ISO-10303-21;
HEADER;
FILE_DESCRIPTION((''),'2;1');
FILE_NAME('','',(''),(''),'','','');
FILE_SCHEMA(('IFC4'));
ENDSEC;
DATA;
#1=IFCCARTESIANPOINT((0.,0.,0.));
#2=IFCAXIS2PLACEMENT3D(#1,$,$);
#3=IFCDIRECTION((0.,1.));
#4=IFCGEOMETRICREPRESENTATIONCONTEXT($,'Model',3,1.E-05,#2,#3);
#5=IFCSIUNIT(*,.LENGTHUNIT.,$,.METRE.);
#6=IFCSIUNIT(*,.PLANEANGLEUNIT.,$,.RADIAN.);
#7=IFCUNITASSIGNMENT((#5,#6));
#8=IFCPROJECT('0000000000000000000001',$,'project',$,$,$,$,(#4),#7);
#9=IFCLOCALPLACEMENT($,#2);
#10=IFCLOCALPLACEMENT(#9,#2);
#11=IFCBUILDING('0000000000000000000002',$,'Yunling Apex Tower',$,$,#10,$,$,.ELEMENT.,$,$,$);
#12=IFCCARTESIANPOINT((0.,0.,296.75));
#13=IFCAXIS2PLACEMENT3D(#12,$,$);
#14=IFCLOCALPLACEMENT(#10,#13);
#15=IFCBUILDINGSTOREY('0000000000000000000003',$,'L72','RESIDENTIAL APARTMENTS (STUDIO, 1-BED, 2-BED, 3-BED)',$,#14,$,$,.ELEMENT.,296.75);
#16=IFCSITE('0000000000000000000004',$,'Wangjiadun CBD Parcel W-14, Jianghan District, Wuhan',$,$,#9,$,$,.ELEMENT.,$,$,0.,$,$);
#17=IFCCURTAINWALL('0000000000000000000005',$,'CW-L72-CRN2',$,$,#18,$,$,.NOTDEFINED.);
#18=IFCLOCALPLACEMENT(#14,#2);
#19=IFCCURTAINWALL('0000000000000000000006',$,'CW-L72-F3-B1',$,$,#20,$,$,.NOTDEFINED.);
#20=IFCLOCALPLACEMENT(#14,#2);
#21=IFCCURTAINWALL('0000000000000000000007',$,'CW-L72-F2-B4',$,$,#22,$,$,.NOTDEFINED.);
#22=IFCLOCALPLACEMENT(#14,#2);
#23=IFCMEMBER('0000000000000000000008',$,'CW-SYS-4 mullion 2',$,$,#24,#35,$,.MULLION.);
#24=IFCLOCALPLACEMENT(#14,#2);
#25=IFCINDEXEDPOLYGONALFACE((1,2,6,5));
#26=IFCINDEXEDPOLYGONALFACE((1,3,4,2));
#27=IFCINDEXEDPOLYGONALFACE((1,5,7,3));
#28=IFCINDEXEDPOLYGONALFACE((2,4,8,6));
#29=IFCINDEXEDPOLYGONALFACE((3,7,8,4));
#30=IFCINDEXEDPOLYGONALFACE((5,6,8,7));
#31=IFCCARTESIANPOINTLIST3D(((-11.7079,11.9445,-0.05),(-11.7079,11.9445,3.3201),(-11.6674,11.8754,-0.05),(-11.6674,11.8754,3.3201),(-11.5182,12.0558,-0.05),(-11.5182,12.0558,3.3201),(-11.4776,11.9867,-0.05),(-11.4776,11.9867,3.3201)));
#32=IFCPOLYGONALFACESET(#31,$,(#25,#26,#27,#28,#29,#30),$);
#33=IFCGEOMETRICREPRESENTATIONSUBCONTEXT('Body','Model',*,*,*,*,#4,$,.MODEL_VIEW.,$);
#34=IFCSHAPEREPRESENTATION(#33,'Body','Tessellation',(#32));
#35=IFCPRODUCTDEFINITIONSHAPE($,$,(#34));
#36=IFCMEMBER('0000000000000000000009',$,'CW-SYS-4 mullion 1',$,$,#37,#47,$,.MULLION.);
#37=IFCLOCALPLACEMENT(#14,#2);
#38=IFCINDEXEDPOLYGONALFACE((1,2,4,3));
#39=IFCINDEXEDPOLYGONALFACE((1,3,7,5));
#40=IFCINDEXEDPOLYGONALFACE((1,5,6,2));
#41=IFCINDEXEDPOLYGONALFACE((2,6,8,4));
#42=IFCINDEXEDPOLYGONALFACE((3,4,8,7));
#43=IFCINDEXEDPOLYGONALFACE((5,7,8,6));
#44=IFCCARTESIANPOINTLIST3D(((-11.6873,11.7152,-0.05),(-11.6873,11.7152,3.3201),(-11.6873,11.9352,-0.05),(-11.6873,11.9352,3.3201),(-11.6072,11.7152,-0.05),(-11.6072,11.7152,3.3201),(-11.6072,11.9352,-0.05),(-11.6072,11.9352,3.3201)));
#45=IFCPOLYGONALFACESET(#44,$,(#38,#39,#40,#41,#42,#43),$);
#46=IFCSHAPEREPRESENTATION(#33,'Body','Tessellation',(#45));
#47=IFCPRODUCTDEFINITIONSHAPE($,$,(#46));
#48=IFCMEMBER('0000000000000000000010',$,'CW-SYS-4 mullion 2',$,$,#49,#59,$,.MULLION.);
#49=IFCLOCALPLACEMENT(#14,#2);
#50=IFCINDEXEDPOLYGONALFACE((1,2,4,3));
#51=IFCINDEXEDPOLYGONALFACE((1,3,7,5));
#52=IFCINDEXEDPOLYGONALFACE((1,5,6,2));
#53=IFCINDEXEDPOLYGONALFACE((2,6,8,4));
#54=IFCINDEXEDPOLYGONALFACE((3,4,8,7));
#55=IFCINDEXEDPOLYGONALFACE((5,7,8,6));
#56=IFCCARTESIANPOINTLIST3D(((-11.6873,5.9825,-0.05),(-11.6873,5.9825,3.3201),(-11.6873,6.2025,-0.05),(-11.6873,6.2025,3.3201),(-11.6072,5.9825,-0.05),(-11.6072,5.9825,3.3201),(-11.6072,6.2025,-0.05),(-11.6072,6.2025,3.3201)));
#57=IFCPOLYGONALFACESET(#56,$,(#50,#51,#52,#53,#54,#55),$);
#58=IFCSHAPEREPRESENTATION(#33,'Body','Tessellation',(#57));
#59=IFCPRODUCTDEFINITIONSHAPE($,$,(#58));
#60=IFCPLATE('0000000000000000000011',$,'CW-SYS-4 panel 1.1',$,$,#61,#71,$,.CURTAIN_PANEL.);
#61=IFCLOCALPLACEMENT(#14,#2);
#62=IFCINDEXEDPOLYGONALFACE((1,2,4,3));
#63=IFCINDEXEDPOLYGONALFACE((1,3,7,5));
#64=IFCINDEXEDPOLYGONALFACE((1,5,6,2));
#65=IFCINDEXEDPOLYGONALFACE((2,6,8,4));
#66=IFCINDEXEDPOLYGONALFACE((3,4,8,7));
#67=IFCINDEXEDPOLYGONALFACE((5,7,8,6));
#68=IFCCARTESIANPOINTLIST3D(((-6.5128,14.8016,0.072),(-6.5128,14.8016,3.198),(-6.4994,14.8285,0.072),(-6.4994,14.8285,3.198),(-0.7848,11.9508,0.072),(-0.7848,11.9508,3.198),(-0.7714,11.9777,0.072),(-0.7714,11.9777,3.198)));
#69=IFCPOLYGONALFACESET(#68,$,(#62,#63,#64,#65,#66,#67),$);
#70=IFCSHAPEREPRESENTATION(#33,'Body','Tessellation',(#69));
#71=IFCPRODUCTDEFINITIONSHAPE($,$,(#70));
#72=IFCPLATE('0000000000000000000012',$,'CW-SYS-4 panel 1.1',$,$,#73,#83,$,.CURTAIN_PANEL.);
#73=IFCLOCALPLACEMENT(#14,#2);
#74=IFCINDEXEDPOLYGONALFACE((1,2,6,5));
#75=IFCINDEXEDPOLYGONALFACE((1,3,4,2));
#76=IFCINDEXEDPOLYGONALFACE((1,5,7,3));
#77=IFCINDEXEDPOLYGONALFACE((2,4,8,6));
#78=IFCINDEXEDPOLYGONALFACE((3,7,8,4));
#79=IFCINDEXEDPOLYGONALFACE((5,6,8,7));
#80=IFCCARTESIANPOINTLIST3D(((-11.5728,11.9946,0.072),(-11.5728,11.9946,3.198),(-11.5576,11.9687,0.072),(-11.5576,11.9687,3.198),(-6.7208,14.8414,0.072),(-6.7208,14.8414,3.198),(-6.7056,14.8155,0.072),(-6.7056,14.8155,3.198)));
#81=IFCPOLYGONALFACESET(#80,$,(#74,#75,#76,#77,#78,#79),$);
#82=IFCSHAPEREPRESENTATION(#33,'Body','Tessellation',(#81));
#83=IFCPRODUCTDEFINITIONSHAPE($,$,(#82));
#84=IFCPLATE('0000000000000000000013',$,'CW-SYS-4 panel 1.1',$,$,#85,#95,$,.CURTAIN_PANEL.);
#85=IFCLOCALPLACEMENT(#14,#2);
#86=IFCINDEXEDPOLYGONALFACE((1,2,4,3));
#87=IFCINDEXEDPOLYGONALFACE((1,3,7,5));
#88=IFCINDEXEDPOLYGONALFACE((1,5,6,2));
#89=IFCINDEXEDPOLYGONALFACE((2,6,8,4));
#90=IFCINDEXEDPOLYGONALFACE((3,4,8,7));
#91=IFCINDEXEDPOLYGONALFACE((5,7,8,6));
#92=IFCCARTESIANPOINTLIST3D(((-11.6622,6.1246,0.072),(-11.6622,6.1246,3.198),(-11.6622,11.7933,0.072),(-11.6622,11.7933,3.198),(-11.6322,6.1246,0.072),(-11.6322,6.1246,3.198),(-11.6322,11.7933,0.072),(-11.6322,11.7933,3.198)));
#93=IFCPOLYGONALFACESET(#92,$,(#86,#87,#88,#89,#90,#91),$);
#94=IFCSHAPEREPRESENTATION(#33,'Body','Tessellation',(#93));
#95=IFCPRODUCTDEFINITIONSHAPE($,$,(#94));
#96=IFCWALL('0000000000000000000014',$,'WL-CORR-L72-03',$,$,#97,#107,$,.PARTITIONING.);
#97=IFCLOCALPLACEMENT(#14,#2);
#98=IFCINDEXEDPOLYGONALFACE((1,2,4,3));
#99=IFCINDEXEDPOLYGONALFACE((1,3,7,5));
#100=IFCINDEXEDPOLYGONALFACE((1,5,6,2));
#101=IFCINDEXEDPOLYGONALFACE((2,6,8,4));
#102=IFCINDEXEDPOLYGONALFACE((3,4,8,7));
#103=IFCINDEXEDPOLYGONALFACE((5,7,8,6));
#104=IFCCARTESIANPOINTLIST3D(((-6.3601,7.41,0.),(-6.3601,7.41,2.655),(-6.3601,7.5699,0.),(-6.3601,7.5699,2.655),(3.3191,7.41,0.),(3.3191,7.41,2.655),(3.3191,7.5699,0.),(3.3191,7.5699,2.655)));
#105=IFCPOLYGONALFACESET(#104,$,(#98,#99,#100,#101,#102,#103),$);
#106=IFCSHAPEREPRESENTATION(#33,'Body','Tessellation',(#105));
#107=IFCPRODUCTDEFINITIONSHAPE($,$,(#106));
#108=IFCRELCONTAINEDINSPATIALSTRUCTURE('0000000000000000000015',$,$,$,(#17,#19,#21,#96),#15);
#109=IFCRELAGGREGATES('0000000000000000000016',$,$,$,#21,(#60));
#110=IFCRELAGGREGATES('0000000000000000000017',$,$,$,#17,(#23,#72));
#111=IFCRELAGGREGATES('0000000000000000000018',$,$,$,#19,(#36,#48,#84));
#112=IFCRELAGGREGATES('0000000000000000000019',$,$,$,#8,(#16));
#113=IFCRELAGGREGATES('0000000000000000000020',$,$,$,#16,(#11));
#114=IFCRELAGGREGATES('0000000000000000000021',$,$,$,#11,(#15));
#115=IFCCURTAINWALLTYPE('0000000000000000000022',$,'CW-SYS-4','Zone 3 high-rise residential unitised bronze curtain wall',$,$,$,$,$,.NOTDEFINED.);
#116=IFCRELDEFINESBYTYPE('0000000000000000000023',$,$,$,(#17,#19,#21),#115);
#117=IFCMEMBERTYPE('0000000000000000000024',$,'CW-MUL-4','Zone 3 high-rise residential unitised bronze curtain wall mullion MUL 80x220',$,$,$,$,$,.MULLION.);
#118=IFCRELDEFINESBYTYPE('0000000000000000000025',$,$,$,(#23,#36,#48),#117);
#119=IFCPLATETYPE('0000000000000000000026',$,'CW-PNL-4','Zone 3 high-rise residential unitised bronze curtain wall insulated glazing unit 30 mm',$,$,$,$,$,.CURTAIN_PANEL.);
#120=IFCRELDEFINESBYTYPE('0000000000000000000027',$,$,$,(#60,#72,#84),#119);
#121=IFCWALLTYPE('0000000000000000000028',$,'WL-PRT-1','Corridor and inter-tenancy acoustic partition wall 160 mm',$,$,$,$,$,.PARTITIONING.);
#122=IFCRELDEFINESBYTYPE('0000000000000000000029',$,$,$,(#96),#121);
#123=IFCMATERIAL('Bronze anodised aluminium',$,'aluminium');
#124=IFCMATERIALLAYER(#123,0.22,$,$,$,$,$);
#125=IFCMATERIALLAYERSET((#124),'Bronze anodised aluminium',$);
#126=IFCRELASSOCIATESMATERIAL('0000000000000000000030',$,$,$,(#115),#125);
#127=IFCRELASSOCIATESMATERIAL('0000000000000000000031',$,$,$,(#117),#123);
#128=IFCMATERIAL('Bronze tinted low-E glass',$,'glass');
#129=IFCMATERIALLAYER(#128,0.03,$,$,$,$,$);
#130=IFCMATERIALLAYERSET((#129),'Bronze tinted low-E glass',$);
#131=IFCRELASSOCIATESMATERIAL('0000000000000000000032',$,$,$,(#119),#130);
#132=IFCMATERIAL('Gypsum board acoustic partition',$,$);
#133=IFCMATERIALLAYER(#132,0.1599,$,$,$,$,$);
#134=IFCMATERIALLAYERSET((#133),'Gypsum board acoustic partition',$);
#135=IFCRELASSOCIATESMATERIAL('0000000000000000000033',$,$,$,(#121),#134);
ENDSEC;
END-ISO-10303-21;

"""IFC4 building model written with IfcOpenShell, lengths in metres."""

from ifc_helpers import new_model, si_unit, direction, frame, frame_2d, origin, origin_2d, place, context, subcontext, project, spatial, rectangle, extrude, source, transform, mapped, material, layer, layer_set, material_profile, profile_set, type_object, element, aggregate, save


model = new_model("IFC4")

# Units and contexts
model_context = context("Model", 3, precision=1e-05, world=origin(), true_north=direction((0.0, 1.0)))
body_context = subcontext(model_context, "Body", "Model", "MODEL_VIEW")
ifc_project = project(units=[si_unit("LENGTHUNIT", "METRE"), si_unit("PLANEANGLEUNIT", "RADIAN")], contexts=[model_context])

# Site, building, storey
site_placement = place(None, origin())
site = spatial("IfcSite", under=ifc_project, at=site_placement, Name="Wangjiadun CBD Parcel W-14, Jianghan District, Wuhan", CompositionType="ELEMENT", RefElevation=0.0)
building_placement = place(site_placement, origin())
building = spatial("IfcBuilding", under=site, at=building_placement, Name="Yunling Apex Tower", CompositionType="ELEMENT")
storey_placement = place(building_placement, frame((0.0, 0.0, 296.75)))
storey = spatial("IfcBuildingStorey", under=building, at=storey_placement, Name="L72", Description="RESIDENTIAL APARTMENTS (STUDIO, 1-BED, 2-BED, 3-BED)", CompositionType="ELEMENT", Elevation=296.75)

# Curtain walls
ifc_material_1 = material(Name="Bronze anodised aluminium", Category="aluminium")
ifc_layer_1 = layer(ifc_material_1, 0.22)
ifc_layer_set_1 = layer_set([ifc_layer_1], Name="Bronze anodised aluminium")
curtain_wall_type = type_object("IfcCurtainWallType", Name="CW-SYS-4", Description="Zone 3 high-rise residential unitised bronze curtain wall", PredefinedType="NOTDEFINED", material=ifc_layer_set_1)
curtain_wall_1_placement = place(storey_placement, origin())
curtain_wall_1 = element("IfcCurtainWall", 1, at=curtain_wall_1_placement, inside=storey, type_object=curtain_wall_type, Name="CW-L72-CRN2", PredefinedType="NOTDEFINED")
curtain_wall_2_placement = place(storey_placement, origin())
curtain_wall_2 = element("IfcCurtainWall", 2, at=curtain_wall_2_placement, inside=storey, type_object=curtain_wall_type, Name="CW-L72-F3-B1", PredefinedType="NOTDEFINED")

# Curtain wall
curtain_wall_3_placement = place(storey_placement, origin())
curtain_wall_3 = element("IfcCurtainWall", 3, at=curtain_wall_3_placement, inside=storey, type_object=curtain_wall_type, Name="CW-L72-F2-B4", PredefinedType="NOTDEFINED")
ifc_material_profile_1 = material_profile(ifc_material_1, rectangle(XDim=0.0801, YDim=0.22, at=origin_2d()))
ifc_profile_set_1 = profile_set([ifc_material_profile_1], Name="Bronze anodised aluminium")
member_type_1 = type_object("IfcMemberType", Name="CW-MUL-4", Description="Zone 3 high-rise residential unitised bronze curtain wall mullion MUL 80x220", PredefinedType="MULLION", material=ifc_profile_set_1)
shared_shape_1 = source(origin(), body_context, "Body", "SweptSolid", [
    extrude(rectangle(XDim=0.0801, YDim=0.22, at=origin_2d()), origin(), (0.0, 0.0, 1.0), 3.3701),
])

# Members
member_1_placement = place(storey_placement, frame((-11.5928, 11.9656, -0.05), z_axis=(0.0, 0.0, 1.0), x_axis=(0.506057, -0.8625, 0.0)))
member_1 = element("IfcMember", 4, at=member_1_placement, type_object=member_type_1, Name="CW-SYS-4 mullion 2", PredefinedType="MULLION", context=body_context, shape_type="MappedRepresentation", body=[
    mapped(shared_shape_1, transform((0.0, 0.0, 0.0), scale=1.0)),
])
member_2_placement = place(storey_placement, frame((-11.6472, 11.8252, -0.05), z_axis=(0.0, 0.0, 1.0), x_axis=(1.0, 0.0, 0.0)))
member_2 = element("IfcMember", 5, at=member_2_placement, type_object=member_type_1, Name="CW-SYS-4 mullion 1", PredefinedType="MULLION", context=body_context, shape_type="MappedRepresentation", body=[
    mapped(shared_shape_1, transform((0.0, 0.0, 0.0), scale=1.0)),
])
member_3_placement = place(storey_placement, frame((-11.6472, 6.0925, -0.05), z_axis=(0.0, 0.0, 1.0), x_axis=(1.0, 0.0, 0.0)))
member_3 = element("IfcMember", 6, at=member_3_placement, type_object=member_type_1, Name="CW-SYS-4 mullion 2", PredefinedType="MULLION", context=body_context, shape_type="MappedRepresentation", body=[
    mapped(shared_shape_1, transform((0.0, 0.0, 0.0), scale=1.0)),
])

# Plates
ifc_material_2 = material(Name="Bronze tinted low-E glass", Category="glass")
ifc_layer_2 = layer(ifc_material_2, 0.03)
ifc_layer_set_2 = layer_set([ifc_layer_2], Name="Bronze tinted low-E glass")
plate_type = type_object("IfcPlateType", Name="CW-PNL-4", Description="Zone 3 high-rise residential unitised bronze curtain wall insulated glazing unit 30 mm", PredefinedType="CURTAIN_PANEL", material=ifc_layer_set_2)
shared_shape_2 = source(origin(), body_context, "Body", "SweptSolid", [
    extrude(rectangle(XDim=6.3982, YDim=0.03, at=origin_2d()), origin(), (0.0, 0.0, 1.0), 3.126),
])
plate_1_placement = place(storey_placement, frame((-3.6421, 13.3896, 0.072), z_axis=(0.0, 0.0, 1.0), x_axis=(-0.895248, 0.445568, 0.0)))
plate_1 = element("IfcPlate", 7, at=plate_1_placement, type_object=plate_type, Name="CW-SYS-4 panel 1.1", PredefinedType="CURTAIN_PANEL", context=body_context, shape_type="MappedRepresentation", body=[
    mapped(shared_shape_2, transform((0.0, 0.0, 0.0), scale=1.0)),
])
aggregate(curtain_wall_3, [plate_1])
shared_shape_3 = source(origin(), body_context, "Body", "SweptSolid", [
    extrude(rectangle(XDim=5.6255, YDim=0.03, at=origin_2d()), origin(), (0.0, 0.0, 1.0), 3.126),
])
plate_2_placement = place(storey_placement, frame((-9.1392, 13.405, 0.072), z_axis=(0.0, 0.0, 1.0), x_axis=(-0.8625, -0.506057, 0.0)))
plate_2 = element("IfcPlate", 8, at=plate_2_placement, type_object=plate_type, Name="CW-SYS-4 panel 1.1", PredefinedType="CURTAIN_PANEL", context=body_context, shape_type="MappedRepresentation", body=[
    mapped(shared_shape_3, transform((0.0, 0.0, 0.0), scale=1.0)),
])
aggregate(curtain_wall_1, [member_1, plate_2])
shared_shape_4 = source(origin(), body_context, "Body", "SweptSolid", [
    extrude(rectangle(XDim=5.6687, YDim=0.03, at=origin_2d()), origin(), (0.0, 0.0, 1.0), 3.126),
])
plate_3_placement = place(storey_placement, frame((-11.6472, 8.959, 0.072), z_axis=(0.0, 0.0, 1.0), x_axis=(0.0, -1.0, 0.0)))
plate_3 = element("IfcPlate", 9, at=plate_3_placement, type_object=plate_type, Name="CW-SYS-4 panel 1.1", PredefinedType="CURTAIN_PANEL", context=body_context, shape_type="MappedRepresentation", body=[
    mapped(shared_shape_4, transform((0.0, 0.0, 0.0), scale=1.0)),
])
aggregate(curtain_wall_2, [member_2, member_3, plate_3])

# Wall
ifc_material_3 = material(Name="Gypsum board acoustic partition")
ifc_layer_3 = layer(ifc_material_3, 0.1599)
ifc_layer_set_3 = layer_set([ifc_layer_3], Name="Gypsum board acoustic partition")
wall_type = type_object("IfcWallType", Name="WL-PRT-1", Description="Corridor and inter-tenancy acoustic partition wall 160 mm", PredefinedType="PARTITIONING", material=ifc_layer_set_3)
wall_1_placement = place(storey_placement, frame((-6.3601, 7.49, 0.0), z_axis=(0.0, 0.0, 1.0), x_axis=(1.0, 0.0, 0.0)))
element("IfcWall", 10, at=wall_1_placement, inside=storey, type_object=wall_type, Name="WL-CORR-L72-03", PredefinedType="PARTITIONING", context=body_context, shape_type="SweptSolid", body=[
    extrude(rectangle(XDim=9.6792, YDim=0.1599, at=frame_2d((4.8396, 0.0))), origin(), (0.0, 0.0, 1.0), 2.655),
])

save(model, "model.ifc")
